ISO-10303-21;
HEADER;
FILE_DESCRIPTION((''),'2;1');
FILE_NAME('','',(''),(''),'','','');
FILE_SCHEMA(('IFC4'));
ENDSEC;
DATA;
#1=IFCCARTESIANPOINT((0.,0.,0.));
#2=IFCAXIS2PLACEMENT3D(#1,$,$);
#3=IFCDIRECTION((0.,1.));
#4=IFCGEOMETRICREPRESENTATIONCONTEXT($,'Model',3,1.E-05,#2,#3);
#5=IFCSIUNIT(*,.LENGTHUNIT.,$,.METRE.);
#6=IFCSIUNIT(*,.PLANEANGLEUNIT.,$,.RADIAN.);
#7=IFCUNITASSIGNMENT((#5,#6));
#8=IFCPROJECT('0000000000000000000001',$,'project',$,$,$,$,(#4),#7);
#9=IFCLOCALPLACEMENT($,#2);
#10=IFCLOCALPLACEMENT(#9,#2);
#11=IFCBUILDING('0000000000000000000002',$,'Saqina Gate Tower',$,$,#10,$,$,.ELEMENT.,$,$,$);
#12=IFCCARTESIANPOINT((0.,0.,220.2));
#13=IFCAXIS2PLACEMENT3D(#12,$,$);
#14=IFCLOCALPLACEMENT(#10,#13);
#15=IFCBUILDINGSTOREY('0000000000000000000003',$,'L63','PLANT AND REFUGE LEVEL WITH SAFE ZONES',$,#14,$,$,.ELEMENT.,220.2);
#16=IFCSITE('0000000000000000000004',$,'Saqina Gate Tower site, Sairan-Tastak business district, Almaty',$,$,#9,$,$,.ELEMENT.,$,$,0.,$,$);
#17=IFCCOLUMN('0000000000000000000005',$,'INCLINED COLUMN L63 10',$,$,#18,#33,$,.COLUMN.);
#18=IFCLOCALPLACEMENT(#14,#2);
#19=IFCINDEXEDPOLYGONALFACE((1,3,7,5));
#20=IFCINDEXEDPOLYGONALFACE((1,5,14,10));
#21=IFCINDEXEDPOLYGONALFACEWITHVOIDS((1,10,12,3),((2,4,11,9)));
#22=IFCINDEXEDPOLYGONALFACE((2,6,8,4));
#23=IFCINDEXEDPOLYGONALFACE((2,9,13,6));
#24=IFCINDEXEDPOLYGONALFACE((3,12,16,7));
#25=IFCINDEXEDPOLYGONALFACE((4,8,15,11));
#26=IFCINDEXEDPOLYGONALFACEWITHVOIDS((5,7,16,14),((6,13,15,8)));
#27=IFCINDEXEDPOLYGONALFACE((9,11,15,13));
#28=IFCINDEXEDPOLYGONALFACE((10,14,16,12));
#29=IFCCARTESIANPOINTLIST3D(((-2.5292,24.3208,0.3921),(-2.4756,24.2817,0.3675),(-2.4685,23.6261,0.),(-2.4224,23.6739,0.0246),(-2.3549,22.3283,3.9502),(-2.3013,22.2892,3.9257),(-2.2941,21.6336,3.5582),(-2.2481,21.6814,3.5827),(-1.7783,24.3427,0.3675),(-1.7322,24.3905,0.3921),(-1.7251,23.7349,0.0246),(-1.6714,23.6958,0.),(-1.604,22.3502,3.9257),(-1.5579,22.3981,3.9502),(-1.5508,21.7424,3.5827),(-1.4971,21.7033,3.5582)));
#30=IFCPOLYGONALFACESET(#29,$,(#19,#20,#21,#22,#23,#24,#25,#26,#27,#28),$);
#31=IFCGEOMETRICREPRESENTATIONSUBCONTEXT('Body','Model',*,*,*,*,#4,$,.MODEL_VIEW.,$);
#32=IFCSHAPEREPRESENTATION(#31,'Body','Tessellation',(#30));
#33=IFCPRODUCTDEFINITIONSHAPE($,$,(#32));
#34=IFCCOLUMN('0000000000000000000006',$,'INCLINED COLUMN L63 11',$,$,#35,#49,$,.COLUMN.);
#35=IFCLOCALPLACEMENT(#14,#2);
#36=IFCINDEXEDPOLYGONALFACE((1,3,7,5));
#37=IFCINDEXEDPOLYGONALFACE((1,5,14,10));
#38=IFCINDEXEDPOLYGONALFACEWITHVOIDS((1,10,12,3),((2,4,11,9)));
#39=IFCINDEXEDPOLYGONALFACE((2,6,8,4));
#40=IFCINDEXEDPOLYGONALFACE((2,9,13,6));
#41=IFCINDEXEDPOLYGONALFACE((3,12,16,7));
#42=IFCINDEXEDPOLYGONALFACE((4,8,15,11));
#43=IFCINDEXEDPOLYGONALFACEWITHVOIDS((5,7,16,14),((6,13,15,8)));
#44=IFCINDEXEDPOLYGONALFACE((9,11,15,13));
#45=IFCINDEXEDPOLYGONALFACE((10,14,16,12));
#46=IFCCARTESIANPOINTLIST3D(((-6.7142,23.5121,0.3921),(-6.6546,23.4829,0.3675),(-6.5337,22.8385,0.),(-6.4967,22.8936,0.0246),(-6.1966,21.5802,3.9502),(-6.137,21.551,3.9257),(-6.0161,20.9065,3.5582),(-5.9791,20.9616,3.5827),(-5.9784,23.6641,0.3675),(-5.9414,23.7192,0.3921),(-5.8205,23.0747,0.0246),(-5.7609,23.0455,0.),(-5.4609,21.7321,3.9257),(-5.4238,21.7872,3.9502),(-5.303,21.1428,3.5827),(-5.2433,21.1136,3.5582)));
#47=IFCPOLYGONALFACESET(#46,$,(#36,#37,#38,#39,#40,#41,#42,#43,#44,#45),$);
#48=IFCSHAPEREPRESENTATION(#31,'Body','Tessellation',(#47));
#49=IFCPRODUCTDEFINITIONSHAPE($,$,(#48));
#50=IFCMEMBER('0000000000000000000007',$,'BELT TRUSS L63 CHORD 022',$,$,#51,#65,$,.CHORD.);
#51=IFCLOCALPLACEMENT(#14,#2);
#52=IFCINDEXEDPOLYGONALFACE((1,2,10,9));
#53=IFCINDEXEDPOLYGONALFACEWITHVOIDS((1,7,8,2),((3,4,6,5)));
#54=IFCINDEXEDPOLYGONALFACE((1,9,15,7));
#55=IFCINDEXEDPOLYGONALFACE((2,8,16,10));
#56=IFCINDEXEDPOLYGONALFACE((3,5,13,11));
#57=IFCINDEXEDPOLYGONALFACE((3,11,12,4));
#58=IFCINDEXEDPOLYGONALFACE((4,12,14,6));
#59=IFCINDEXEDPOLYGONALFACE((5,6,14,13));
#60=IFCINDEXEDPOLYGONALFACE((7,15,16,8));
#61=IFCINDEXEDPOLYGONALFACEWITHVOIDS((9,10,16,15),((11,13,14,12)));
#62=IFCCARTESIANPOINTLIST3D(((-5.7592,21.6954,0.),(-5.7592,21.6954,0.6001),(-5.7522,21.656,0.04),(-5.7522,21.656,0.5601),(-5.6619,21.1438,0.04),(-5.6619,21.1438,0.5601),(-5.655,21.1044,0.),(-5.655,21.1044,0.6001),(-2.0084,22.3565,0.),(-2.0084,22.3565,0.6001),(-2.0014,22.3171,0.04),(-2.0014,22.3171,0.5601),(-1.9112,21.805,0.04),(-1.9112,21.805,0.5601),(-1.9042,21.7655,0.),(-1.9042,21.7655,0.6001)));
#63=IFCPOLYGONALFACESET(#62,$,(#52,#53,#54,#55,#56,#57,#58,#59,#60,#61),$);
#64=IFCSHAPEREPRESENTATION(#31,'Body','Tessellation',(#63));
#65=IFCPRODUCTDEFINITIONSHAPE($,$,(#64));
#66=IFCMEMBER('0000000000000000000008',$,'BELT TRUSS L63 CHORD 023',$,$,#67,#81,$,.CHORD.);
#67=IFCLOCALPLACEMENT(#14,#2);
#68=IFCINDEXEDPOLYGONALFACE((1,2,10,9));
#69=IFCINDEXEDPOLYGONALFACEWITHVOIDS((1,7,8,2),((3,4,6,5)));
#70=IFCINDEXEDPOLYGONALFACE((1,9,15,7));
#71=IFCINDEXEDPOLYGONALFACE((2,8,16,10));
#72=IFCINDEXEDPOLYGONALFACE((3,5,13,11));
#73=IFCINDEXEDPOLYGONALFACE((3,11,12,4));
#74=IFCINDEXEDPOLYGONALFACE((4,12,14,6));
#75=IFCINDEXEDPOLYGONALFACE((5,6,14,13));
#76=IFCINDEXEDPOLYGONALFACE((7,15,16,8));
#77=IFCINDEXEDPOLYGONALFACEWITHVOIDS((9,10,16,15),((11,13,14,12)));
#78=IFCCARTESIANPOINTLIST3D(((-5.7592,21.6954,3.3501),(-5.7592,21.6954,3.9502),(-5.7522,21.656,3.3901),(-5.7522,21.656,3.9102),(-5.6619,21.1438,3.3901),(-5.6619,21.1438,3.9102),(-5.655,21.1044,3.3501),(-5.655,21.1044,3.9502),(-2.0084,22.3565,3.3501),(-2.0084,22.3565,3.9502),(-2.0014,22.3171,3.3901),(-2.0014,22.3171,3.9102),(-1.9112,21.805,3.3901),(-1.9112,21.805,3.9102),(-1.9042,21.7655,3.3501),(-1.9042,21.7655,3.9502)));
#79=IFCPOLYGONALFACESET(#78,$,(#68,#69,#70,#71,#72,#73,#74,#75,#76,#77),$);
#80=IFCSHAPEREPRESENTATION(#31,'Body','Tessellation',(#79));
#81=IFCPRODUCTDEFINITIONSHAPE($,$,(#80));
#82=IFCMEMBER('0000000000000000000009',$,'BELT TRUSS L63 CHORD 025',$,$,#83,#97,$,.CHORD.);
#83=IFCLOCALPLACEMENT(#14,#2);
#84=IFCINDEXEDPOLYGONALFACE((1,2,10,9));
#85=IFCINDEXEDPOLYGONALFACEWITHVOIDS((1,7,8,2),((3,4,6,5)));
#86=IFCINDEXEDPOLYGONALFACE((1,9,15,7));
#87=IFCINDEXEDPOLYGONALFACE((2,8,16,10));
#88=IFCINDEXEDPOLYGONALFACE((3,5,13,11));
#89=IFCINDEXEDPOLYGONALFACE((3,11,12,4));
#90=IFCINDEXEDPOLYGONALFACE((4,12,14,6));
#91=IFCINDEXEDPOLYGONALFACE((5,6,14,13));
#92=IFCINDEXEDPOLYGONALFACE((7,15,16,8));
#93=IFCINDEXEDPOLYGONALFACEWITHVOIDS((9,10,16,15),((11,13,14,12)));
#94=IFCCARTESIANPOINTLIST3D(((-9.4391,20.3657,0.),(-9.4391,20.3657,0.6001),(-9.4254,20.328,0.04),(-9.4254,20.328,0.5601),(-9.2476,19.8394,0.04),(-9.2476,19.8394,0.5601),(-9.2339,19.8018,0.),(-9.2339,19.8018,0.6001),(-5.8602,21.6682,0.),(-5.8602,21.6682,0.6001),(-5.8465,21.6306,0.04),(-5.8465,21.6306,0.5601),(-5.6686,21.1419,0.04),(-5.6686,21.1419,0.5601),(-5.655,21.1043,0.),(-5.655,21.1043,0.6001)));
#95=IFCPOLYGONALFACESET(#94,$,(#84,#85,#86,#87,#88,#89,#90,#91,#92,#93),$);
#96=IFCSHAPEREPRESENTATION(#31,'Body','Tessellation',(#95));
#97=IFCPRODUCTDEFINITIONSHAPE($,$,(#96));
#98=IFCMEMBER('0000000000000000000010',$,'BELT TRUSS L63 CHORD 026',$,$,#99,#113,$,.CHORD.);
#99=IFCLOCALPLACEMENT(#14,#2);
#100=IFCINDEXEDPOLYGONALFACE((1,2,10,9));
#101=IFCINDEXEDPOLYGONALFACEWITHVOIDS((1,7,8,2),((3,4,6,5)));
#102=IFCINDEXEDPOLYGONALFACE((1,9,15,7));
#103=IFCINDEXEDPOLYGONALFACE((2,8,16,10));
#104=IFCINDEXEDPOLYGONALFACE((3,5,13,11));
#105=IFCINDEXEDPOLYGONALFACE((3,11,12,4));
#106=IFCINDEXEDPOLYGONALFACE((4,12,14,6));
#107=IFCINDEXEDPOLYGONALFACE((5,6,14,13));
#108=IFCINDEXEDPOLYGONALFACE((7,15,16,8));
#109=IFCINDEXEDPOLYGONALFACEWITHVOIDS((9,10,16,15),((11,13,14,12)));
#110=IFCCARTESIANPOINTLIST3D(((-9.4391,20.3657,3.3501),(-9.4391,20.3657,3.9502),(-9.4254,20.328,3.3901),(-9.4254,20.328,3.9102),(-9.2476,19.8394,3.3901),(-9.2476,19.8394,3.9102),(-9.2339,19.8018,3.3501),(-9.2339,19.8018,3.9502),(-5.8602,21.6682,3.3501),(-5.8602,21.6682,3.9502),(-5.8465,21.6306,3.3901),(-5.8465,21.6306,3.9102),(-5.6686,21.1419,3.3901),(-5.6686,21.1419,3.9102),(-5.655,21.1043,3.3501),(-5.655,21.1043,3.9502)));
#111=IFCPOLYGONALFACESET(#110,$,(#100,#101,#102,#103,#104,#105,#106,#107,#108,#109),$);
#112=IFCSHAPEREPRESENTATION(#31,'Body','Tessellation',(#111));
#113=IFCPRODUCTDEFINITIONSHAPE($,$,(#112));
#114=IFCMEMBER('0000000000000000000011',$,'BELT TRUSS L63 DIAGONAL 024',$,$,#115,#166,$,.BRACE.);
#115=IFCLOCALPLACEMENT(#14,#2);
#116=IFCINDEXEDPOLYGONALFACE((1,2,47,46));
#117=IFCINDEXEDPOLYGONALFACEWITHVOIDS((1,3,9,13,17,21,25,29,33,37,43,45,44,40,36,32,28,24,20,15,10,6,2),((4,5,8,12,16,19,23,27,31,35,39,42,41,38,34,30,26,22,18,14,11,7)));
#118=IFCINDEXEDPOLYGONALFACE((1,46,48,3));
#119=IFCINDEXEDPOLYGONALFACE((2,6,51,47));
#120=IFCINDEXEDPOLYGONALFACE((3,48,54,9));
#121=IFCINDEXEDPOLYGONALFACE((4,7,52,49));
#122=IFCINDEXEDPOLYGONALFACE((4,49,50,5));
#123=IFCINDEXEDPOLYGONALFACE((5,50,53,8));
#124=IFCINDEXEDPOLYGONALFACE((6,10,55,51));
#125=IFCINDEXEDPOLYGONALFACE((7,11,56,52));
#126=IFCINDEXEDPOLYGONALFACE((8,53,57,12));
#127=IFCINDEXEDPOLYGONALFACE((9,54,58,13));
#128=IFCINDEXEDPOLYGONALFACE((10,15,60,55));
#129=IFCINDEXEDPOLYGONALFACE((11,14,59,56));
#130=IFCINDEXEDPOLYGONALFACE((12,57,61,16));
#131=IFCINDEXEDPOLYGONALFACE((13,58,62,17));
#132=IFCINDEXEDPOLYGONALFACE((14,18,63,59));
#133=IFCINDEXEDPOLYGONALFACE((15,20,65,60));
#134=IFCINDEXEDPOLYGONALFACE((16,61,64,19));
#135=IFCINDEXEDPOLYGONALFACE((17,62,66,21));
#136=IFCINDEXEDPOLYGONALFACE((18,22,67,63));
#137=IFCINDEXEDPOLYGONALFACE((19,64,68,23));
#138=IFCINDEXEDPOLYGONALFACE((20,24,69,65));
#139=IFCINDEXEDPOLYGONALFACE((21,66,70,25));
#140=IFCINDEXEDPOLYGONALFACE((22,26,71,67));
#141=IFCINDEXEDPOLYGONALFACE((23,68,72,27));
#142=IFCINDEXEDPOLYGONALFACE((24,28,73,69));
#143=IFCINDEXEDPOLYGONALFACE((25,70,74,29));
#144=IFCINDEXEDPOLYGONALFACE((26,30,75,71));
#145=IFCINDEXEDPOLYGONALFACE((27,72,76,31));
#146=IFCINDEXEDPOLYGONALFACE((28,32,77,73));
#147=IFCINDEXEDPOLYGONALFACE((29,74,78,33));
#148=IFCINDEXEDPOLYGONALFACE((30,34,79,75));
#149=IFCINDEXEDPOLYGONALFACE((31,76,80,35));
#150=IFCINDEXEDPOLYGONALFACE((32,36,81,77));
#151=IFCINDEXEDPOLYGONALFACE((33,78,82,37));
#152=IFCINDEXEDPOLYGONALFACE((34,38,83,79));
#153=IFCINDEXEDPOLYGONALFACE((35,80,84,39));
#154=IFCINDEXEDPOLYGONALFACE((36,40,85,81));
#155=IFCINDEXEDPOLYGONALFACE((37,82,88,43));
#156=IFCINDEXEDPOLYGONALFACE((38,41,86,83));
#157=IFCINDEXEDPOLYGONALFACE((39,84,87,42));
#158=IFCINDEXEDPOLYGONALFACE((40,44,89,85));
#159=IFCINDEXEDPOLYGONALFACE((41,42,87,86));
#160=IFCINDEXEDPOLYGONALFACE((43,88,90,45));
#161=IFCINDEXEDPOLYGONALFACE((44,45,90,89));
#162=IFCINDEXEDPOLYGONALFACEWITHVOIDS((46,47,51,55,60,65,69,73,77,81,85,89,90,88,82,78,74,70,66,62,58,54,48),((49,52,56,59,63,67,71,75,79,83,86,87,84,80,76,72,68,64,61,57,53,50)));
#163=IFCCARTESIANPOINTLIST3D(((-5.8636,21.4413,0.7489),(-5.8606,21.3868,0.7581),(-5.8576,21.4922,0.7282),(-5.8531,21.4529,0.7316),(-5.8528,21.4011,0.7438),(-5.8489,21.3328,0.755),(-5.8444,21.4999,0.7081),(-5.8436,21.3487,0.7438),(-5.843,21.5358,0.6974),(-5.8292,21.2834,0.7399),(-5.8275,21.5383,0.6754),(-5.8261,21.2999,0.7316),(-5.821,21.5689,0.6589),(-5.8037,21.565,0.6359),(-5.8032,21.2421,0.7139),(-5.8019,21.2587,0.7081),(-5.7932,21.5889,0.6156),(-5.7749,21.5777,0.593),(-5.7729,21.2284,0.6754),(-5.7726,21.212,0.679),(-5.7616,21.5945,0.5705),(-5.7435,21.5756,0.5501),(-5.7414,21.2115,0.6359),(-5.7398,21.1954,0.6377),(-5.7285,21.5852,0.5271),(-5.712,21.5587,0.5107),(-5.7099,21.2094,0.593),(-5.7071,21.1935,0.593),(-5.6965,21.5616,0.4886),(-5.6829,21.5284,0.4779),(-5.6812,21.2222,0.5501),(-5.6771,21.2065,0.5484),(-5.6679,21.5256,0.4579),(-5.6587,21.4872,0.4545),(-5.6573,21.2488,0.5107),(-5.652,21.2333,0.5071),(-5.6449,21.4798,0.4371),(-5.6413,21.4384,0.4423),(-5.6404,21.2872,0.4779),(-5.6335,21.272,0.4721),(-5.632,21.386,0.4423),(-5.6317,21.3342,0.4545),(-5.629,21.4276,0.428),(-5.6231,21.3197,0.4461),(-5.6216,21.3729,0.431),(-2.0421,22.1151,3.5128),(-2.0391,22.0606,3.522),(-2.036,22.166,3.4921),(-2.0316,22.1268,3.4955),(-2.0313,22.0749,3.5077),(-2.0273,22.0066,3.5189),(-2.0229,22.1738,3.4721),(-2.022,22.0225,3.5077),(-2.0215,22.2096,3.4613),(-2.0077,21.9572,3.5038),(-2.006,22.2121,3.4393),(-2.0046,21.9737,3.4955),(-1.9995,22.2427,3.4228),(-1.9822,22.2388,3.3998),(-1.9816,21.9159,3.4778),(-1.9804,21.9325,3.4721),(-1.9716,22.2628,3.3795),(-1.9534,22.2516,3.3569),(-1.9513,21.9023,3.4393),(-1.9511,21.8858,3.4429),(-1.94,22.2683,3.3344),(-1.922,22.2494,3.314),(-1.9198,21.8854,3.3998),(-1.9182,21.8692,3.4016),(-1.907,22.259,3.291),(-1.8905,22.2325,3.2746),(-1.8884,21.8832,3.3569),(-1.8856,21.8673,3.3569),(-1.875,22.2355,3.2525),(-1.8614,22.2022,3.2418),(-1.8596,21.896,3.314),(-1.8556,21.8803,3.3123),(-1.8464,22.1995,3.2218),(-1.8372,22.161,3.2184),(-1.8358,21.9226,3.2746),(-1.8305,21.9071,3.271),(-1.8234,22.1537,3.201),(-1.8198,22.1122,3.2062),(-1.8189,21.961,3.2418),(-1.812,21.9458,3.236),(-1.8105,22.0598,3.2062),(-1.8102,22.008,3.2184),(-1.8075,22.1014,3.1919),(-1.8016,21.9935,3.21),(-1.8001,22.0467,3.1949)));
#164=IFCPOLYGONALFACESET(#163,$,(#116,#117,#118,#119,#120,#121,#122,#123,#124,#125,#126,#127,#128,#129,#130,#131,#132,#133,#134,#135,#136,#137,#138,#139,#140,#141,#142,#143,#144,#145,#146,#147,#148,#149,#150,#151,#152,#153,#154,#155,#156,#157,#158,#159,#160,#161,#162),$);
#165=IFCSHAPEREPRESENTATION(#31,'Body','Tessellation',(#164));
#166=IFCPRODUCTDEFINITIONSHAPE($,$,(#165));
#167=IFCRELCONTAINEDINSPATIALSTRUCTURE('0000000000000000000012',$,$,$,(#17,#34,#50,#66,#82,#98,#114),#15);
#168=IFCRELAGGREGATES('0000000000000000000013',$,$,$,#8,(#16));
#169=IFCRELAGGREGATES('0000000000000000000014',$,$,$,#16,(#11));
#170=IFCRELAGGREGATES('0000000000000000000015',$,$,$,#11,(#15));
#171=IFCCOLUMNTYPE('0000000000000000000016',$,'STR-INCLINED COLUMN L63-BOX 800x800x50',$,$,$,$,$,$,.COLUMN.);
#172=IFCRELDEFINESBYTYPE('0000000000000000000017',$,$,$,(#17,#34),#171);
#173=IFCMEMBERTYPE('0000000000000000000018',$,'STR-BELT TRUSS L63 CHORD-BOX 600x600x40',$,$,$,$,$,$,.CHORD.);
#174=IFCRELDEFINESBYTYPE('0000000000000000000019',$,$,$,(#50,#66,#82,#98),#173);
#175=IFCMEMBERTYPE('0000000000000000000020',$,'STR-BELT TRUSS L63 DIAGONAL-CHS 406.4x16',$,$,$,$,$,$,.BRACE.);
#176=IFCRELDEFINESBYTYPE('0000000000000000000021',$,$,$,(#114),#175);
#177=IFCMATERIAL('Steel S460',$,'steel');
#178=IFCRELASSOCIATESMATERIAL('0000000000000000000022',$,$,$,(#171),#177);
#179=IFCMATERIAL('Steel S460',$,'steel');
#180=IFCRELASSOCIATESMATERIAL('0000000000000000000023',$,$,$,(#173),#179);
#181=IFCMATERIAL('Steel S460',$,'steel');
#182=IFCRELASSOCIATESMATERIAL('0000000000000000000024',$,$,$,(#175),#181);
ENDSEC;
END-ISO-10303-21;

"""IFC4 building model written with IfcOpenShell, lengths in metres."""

from ifc_helpers import new_model, si_unit, direction, frame, origin, origin_2d, place, context, subcontext, project, spatial, hollow_rectangle, hollow_circle, extrude, material, material_profile, profile_set, type_object, element, save


model = new_model("IFC4")

# Units and contexts
model_context = context("Model", 3, precision=1e-05, world=origin(), true_north=direction((0.0, 1.0)))
body_context = subcontext(model_context, "Body", "Model", "MODEL_VIEW")
ifc_project = project(units=[si_unit("LENGTHUNIT", "METRE"), si_unit("PLANEANGLEUNIT", "RADIAN")], contexts=[model_context])

# Site, building, storey
site_placement = place(None, origin())
site = spatial("IfcSite", under=ifc_project, at=site_placement, Name="Saqina Gate Tower site, Sairan-Tastak business district, Almaty", CompositionType="ELEMENT", RefElevation=0.0)
building_placement = place(site_placement, origin())
building = spatial("IfcBuilding", under=site, at=building_placement, Name="Saqina Gate Tower", CompositionType="ELEMENT")
storey_placement = place(building_placement, frame((0.0, 0.0, 220.2)))
storey = spatial("IfcBuildingStorey", under=building, at=storey_placement, Name="L63", Description="PLANT AND REFUGE LEVEL WITH SAFE ZONES", CompositionType="ELEMENT", Elevation=220.2)

# Columns
ifc_material_1 = material(Name="Steel S460", Category="steel")
ifc_material_profile_1 = material_profile(ifc_material_1, hollow_rectangle(XDim=0.8, YDim=0.8, WallThickness=0.05, at=origin_2d()), Name="BOX 800x800x50")
ifc_profile_set_1 = profile_set([ifc_material_profile_1], Name="Steel S460")
column_type = type_object("IfcColumnType", Name="STR-INCLINED COLUMN L63-BOX 800x800x50", PredefinedType="COLUMN", material=ifc_profile_set_1)
for number, where, z_axis, x_axis, name in (
    (1, (-2.1003, 24.0083, 0.196), (0.042707, -0.488138, 0.871721), (0.996195, 0.087156, 0.0), "INCLINED COLUMN L63 10"),
    (2, (-6.2375, 23.2788, 0.196), (0.126805, -0.473305, 0.871724), (0.965934, 0.258787, 0.0), "INCLINED COLUMN L63 11"),
):
    element("IfcColumn", number, at=place(storey_placement, frame(where, z_axis=z_axis, x_axis=x_axis)), inside=storey, type_object=column_type, Name=name, PredefinedType="COLUMN", context=body_context, shape_type="SweptSolid", body=[
        extrude(hollow_rectangle(XDim=0.8, YDim=0.8, WallThickness=0.05, at=origin_2d()), origin(), (0.0, 0.0, 1.0), 4.0818),
    ])

# Members
ifc_material_2 = material(Name="Steel S460", Category="steel")
ifc_material_profile_2 = material_profile(ifc_material_2, hollow_rectangle(XDim=0.6001, YDim=0.6001, WallThickness=0.04, at=origin_2d()), Name="BOX 600x600x40")
ifc_profile_set_2 = profile_set([ifc_material_profile_2], Name="Steel S460")
member_type_1 = type_object("IfcMemberType", Name="STR-BELT TRUSS L63 CHORD-BOX 600x600x40", PredefinedType="CHORD", material=ifc_profile_set_2)
for number, where, z_axis, x_axis, name in (
    (3, (-1.9563, 22.061, 0.3), (-0.984818, -0.173592, 0.0), (0.173592, -0.984818, 0.0), "BELT TRUSS L63 CHORD 022"),
    (4, (-1.9563, 22.061, 3.6501), (-0.984818, -0.173592, 0.0), (0.173592, -0.984818, 0.0), "BELT TRUSS L63 CHORD 023"),
    (5, (-5.7576, 21.3862, 0.3), (-0.939702, -0.341995, 0.0), (0.341995, -0.939702, 0.0), "BELT TRUSS L63 CHORD 025"),
    (6, (-5.7576, 21.3862, 3.6501), (-0.939702, -0.341995, 0.0), (0.341995, -0.939702, 0.0), "BELT TRUSS L63 CHORD 026"),
):
    element("IfcMember", number, at=place(storey_placement, frame(where, z_axis=z_axis, x_axis=x_axis)), inside=storey, type_object=member_type_1, Name=name, PredefinedType="CHORD", context=body_context, shape_type="SweptSolid", body=[
        extrude(hollow_rectangle(XDim=0.6001, YDim=0.6001, WallThickness=0.04, at=origin_2d()), origin(), (0.0, 0.0, 1.0), 3.8086),
    ])
ifc_material_3 = material(Name="Steel S460", Category="steel")
ifc_material_profile_3 = material_profile(ifc_material_3, hollow_circle(Radius=0.2031, WallThickness=0.0161, at=origin_2d()), Name="CHS 406.4x16")
ifc_profile_set_3 = profile_set([ifc_material_profile_3], Name="Steel S460")
member_type_2 = type_object("IfcMemberType", Name="STR-BELT TRUSS L63 DIAGONAL-CHS 406.4x16", PredefinedType="BRACE", material=ifc_profile_set_3)
for number, where, z_axis, x_axis, name in (
    (7, (-1.9209, 22.0674, 3.3569), (-0.802139, -0.141436, -0.580145), (0.173645, -0.984808, 0.0), "BELT TRUSS L63 DIAGONAL 024"),
):
    element("IfcMember", number, at=place(storey_placement, frame(where, z_axis=z_axis, x_axis=x_axis)), inside=storey, type_object=member_type_2, Name=name, PredefinedType="BRACE", context=body_context, shape_type="SweptSolid", body=[
        extrude(hollow_circle(Radius=0.2031, WallThickness=0.0161, at=origin_2d()), origin(), (0.0, 0.0, 1.0), 4.7642),
    ])

save(model, "model.ifc")
